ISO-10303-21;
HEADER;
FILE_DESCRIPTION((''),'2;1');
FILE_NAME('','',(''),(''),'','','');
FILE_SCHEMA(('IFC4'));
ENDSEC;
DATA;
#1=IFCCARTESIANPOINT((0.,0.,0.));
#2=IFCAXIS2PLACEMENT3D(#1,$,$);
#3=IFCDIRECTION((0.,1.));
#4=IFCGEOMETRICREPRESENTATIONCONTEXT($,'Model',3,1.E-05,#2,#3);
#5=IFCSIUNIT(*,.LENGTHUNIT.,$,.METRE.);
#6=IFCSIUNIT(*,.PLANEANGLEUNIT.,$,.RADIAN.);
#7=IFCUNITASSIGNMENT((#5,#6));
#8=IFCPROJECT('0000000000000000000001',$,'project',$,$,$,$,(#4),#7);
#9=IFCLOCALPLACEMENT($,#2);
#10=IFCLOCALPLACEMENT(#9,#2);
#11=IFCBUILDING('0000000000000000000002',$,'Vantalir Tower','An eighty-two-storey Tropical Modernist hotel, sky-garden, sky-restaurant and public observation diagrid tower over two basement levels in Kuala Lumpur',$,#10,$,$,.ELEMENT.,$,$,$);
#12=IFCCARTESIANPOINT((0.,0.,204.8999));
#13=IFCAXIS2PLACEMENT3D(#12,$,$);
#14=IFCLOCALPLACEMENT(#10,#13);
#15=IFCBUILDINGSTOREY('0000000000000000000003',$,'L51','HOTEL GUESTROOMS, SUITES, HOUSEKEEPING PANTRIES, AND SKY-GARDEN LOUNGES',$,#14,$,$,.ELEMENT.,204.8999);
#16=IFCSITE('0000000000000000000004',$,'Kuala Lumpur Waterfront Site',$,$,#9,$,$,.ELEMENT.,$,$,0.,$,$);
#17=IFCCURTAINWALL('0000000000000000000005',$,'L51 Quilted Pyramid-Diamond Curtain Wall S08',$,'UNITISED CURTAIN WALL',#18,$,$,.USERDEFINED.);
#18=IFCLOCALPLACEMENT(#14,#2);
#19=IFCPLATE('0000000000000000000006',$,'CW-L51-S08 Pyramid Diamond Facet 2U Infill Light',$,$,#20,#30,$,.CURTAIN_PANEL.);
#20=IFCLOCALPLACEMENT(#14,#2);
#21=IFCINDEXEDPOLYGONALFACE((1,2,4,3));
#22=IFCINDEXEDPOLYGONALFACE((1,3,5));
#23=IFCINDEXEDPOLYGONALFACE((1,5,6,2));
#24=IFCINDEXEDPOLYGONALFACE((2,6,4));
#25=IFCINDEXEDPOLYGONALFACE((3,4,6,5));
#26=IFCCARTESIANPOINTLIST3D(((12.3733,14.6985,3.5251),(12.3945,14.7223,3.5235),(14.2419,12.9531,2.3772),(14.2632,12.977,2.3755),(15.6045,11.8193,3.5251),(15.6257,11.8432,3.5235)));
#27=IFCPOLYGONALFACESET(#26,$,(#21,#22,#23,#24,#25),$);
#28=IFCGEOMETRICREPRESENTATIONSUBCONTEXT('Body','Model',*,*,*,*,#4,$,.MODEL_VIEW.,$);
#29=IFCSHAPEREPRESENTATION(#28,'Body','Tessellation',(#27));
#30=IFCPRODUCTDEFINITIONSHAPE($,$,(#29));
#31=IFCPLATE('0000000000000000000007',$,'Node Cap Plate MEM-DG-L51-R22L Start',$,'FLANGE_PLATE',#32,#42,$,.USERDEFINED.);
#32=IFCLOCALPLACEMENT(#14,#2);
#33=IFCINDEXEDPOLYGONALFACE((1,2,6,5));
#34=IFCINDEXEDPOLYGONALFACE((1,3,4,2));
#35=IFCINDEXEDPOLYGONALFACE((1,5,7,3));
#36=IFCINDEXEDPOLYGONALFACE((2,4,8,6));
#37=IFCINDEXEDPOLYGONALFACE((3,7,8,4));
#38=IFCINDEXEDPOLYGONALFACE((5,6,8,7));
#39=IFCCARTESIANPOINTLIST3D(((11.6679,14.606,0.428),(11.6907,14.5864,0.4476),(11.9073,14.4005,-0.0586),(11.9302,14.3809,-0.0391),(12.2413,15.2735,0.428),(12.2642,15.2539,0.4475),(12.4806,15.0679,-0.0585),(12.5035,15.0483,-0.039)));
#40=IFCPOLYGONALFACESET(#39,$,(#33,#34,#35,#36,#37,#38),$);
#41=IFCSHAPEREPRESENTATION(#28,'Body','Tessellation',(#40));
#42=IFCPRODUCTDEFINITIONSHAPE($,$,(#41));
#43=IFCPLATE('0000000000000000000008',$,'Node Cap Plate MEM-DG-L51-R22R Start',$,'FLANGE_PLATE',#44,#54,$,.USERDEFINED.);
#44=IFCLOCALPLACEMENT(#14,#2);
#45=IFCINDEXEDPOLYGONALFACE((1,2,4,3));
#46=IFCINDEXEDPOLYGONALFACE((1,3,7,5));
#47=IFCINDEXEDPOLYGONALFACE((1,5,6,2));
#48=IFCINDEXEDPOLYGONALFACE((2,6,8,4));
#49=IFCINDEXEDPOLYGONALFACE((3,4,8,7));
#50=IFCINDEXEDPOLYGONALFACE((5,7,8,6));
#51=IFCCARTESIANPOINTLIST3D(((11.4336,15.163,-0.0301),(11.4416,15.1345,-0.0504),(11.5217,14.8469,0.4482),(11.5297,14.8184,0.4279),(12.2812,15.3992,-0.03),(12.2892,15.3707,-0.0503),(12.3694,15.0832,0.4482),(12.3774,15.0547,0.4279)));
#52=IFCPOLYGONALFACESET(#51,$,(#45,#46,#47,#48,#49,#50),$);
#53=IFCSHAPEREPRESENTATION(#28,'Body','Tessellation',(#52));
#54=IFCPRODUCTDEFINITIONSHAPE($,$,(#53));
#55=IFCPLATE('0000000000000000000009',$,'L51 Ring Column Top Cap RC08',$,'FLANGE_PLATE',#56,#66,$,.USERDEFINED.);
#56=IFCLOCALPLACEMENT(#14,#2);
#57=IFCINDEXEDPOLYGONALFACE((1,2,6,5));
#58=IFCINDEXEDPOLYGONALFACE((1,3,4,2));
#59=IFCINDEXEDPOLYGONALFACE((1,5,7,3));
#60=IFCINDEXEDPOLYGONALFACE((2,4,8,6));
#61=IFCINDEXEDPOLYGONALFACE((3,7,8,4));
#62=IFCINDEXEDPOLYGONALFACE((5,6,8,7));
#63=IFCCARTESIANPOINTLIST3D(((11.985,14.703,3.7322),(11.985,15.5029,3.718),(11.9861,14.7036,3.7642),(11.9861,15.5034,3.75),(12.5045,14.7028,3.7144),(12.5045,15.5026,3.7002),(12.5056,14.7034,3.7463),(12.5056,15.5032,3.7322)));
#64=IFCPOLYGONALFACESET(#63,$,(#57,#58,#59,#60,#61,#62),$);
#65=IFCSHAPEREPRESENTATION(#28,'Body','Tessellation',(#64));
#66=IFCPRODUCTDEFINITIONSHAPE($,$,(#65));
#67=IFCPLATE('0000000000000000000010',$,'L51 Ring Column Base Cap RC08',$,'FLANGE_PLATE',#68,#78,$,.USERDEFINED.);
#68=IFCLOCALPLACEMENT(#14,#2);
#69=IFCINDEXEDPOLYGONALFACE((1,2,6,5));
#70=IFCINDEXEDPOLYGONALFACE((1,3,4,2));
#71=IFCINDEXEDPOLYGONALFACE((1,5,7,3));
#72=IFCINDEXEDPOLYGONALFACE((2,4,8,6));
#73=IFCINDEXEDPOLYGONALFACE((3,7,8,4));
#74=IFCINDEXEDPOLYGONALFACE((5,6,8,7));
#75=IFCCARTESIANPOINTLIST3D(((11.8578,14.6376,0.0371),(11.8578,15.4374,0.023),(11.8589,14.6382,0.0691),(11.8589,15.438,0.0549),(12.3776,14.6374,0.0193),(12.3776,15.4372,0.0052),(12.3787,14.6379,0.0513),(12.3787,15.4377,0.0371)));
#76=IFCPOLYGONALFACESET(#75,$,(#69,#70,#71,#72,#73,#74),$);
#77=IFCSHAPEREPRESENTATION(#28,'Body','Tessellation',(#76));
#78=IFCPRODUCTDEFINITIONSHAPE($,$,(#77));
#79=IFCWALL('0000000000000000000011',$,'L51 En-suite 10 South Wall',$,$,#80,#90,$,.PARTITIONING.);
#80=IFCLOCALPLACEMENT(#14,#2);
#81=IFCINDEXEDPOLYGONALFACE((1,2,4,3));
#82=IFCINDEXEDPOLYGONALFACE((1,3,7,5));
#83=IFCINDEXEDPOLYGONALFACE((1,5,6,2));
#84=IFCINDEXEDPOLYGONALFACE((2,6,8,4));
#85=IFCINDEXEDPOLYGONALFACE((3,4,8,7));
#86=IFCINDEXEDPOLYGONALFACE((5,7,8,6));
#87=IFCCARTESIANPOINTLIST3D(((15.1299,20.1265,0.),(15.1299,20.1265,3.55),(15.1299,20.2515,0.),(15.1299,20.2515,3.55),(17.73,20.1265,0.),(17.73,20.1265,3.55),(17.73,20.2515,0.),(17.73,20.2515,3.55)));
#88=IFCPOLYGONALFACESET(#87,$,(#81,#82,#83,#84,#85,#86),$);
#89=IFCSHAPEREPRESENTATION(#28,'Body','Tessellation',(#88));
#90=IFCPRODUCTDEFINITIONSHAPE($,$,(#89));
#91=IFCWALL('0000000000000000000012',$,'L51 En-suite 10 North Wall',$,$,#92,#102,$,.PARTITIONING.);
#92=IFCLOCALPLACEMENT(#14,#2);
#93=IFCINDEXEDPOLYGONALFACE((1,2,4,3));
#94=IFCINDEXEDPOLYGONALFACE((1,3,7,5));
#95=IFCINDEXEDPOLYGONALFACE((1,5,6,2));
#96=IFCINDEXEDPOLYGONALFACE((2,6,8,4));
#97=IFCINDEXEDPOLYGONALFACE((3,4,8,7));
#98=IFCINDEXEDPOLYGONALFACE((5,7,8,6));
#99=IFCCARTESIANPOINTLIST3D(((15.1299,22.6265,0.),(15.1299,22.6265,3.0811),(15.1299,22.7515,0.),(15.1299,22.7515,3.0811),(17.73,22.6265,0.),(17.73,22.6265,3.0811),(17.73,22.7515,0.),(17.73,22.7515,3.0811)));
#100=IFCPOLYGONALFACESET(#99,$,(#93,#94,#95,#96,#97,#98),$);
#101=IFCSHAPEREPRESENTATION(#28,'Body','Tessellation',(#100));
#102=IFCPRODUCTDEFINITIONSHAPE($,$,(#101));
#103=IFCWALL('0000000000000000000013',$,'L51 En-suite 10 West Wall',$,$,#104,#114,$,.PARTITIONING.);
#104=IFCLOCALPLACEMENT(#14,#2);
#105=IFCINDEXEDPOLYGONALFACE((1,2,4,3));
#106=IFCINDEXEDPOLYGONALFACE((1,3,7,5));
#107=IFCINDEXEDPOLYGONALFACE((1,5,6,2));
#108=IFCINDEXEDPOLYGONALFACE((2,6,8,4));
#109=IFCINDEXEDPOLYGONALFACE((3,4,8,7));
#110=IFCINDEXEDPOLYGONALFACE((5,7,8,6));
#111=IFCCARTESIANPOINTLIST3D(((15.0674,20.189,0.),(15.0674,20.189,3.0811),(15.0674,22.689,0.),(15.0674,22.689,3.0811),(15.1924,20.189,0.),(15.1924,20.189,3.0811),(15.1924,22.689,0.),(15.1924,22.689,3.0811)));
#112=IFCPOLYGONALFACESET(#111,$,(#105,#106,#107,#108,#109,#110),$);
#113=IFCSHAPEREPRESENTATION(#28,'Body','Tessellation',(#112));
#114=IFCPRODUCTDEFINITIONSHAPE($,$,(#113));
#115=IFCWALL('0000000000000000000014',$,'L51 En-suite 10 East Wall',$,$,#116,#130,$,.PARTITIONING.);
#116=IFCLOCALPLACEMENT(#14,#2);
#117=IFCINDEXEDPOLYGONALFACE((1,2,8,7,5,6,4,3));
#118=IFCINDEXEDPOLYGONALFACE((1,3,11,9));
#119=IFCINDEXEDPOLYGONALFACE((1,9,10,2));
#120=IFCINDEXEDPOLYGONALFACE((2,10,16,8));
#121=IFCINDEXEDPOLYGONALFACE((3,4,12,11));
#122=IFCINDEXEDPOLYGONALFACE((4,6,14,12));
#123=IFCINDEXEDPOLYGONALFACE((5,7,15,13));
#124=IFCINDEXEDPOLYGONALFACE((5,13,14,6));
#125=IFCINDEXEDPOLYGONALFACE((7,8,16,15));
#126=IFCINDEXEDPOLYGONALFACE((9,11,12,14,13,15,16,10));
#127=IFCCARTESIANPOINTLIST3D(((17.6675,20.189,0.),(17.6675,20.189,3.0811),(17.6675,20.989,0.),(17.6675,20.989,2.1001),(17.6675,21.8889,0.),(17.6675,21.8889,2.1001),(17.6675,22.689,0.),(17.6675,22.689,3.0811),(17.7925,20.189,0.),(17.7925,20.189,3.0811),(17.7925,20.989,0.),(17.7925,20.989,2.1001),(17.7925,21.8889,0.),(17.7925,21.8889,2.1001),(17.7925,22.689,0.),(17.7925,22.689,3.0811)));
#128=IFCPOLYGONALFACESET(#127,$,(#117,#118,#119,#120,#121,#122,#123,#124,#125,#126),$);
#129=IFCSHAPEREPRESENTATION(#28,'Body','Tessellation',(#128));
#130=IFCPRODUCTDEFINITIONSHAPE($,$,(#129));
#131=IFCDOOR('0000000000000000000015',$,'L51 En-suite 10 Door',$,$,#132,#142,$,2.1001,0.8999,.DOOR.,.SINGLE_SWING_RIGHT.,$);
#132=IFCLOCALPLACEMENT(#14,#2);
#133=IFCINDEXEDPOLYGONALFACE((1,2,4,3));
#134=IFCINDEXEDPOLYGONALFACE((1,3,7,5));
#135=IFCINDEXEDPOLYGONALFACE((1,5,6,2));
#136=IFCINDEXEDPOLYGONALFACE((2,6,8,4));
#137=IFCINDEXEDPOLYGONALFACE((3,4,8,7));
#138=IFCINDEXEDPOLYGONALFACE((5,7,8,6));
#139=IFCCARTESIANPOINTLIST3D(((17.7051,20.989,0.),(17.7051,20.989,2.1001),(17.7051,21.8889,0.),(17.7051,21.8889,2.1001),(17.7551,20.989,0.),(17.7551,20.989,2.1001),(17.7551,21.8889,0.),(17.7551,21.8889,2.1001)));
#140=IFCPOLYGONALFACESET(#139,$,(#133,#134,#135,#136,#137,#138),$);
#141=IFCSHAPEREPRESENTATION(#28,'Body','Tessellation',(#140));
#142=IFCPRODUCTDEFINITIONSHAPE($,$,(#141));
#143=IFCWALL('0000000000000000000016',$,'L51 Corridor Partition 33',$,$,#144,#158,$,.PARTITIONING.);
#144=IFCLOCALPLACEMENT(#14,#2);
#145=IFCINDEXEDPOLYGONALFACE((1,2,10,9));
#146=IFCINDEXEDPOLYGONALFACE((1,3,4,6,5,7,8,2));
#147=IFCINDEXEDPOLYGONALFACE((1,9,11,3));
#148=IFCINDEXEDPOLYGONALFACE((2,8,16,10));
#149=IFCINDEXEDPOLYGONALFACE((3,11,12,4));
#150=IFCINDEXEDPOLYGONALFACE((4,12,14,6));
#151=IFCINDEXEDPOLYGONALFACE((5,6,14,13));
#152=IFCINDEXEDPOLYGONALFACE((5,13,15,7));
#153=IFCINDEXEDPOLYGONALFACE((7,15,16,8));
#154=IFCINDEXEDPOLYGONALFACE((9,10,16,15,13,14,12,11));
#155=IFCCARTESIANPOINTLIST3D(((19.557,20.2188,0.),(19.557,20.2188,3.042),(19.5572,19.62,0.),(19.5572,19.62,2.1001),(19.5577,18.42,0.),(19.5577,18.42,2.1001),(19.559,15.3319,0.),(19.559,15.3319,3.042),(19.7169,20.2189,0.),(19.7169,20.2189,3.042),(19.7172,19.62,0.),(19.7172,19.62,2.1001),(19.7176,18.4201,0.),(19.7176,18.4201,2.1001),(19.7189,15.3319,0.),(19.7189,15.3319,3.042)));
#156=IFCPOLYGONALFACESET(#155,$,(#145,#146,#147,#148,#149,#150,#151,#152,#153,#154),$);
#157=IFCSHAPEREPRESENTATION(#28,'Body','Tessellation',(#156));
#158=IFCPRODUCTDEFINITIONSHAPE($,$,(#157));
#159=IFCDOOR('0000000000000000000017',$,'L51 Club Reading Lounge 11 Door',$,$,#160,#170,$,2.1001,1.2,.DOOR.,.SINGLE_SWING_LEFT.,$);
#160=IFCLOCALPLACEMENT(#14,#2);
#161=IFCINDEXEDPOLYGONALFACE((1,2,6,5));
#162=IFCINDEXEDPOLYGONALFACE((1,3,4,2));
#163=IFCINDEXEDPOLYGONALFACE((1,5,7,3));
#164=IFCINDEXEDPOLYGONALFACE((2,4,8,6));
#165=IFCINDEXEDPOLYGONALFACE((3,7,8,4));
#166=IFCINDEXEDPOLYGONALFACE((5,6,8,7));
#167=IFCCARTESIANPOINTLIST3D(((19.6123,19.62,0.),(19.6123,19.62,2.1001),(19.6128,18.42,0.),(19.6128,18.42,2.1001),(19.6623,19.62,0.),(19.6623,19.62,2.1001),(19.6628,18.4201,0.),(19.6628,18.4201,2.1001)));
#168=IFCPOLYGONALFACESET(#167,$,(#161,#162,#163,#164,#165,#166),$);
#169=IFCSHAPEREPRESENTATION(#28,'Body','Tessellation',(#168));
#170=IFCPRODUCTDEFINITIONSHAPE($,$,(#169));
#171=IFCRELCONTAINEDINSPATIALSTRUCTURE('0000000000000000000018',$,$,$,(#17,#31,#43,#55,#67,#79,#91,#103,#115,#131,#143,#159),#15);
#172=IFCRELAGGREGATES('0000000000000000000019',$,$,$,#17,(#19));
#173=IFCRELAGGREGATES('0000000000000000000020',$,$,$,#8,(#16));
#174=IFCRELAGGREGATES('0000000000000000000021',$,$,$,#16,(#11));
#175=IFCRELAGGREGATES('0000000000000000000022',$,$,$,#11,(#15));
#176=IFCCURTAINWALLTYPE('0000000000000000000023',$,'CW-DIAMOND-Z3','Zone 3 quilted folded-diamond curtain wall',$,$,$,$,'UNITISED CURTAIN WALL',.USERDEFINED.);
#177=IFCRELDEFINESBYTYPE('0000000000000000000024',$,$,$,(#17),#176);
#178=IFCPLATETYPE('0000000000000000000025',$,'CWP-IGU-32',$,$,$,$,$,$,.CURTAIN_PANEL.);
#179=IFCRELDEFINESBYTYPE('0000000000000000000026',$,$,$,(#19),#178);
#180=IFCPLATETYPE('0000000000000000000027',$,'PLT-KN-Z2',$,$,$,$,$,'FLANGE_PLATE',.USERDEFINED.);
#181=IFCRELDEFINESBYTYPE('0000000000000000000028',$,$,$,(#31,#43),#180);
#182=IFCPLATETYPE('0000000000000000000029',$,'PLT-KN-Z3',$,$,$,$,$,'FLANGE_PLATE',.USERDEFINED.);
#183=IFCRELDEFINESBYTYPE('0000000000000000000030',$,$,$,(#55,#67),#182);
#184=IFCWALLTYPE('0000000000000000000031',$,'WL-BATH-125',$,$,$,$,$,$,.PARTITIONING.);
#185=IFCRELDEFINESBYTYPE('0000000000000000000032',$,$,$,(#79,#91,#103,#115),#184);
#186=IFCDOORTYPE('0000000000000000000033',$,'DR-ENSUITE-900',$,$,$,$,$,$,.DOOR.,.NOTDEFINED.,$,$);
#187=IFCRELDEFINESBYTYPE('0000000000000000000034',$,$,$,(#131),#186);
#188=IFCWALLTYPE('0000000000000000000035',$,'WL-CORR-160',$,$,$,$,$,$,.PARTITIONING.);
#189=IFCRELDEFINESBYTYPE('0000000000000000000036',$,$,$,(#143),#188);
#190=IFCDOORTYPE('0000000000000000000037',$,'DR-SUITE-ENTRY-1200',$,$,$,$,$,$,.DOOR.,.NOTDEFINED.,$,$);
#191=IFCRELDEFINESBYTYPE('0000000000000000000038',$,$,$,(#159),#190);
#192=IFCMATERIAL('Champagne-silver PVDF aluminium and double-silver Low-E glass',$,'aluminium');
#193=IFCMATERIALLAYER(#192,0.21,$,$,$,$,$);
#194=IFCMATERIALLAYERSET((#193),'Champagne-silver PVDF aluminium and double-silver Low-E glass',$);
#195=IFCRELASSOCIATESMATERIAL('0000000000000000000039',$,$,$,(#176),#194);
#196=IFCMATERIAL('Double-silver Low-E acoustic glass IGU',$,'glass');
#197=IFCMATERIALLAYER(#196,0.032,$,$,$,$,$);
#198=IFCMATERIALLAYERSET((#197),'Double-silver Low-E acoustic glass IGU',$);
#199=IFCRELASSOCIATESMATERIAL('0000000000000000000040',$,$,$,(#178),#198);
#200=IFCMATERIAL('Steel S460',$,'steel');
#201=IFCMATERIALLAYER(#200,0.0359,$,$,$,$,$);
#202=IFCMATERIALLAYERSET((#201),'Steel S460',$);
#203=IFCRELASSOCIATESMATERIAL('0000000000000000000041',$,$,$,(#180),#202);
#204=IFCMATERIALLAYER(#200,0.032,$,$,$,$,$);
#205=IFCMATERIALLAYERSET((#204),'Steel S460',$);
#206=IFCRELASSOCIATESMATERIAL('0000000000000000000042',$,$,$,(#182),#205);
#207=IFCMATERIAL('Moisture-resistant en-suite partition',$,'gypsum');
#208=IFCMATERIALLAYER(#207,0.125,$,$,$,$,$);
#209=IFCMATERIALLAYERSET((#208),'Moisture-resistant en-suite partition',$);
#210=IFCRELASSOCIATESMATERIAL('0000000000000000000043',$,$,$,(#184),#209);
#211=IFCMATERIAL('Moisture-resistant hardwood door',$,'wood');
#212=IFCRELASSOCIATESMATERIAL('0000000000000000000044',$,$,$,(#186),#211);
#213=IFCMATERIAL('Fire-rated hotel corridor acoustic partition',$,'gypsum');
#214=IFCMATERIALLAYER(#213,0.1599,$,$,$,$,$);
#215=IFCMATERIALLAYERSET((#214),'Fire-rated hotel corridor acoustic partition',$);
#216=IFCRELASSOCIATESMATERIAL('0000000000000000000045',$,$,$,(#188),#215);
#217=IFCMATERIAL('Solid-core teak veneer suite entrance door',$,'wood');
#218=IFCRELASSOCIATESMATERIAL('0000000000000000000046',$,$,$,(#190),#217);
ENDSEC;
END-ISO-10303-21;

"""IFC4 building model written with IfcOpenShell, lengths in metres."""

from ifc_helpers import new_model, si_unit, direction, frame, frame_2d, origin, place, context, subcontext, project, spatial, polyline, rectangle, outline, extrude, material, layer, layer_set, type_object, element, fill, aggregate, save


model = new_model("IFC4")

# Units and contexts
model_context = context("Model", 3, precision=1e-05, world=origin(), true_north=direction((0.0, 1.0)))
body_context = subcontext(model_context, "Body", "Model", "MODEL_VIEW")
ifc_project = project(units=[si_unit("LENGTHUNIT", "METRE"), si_unit("PLANEANGLEUNIT", "RADIAN")], contexts=[model_context])

# Site, building, storey
site_placement = place(None, origin())
site = spatial("IfcSite", under=ifc_project, at=site_placement, Name="Kuala Lumpur Waterfront Site", CompositionType="ELEMENT", RefElevation=0.0)
building_placement = place(site_placement, origin())
building = spatial("IfcBuilding", under=site, at=building_placement, Name="Vantalir Tower", Description="An eighty-two-storey Tropical Modernist hotel, sky-garden, sky-restaurant and public observation diagrid tower over two basement levels in Kuala Lumpur", CompositionType="ELEMENT")
storey_placement = place(building_placement, frame((0.0, 0.0, 204.8999)))
storey = spatial("IfcBuildingStorey", under=building, at=storey_placement, Name="L51", Description="HOTEL GUESTROOMS, SUITES, HOUSEKEEPING PANTRIES, AND SKY-GARDEN LOUNGES", CompositionType="ELEMENT", Elevation=204.8999)

# Shared definitions
ifc_material_1 = material(Name="Steel S460", Category="steel")

# Shared definitions
ifc_material_2 = material(Name="Champagne-silver PVDF aluminium and double-silver Low-E glass", Category="aluminium")
ifc_layer_1 = layer(ifc_material_2, 0.21)
ifc_layer_set_1 = layer_set([ifc_layer_1], Name="Champagne-silver PVDF aluminium and double-silver Low-E glass")
curtain_wall_type = type_object("IfcCurtainWallType", Name="CW-DIAMOND-Z3", Description="Zone 3 quilted folded-diamond curtain wall", ElementType="UNITISED CURTAIN WALL", PredefinedType="USERDEFINED", material=ifc_layer_set_1)

# Curtain wall
curtain_wall_1_placement = place(storey_placement, origin())
curtain_wall_1 = element("IfcCurtainWall", 1, at=curtain_wall_1_placement, inside=storey, type_object=curtain_wall_type, Name="L51 Quilted Pyramid-Diamond Curtain Wall S08", ObjectType="UNITISED CURTAIN WALL", PredefinedType="USERDEFINED")

# Plate
ifc_material_3 = material(Name="Double-silver Low-E acoustic glass IGU", Category="glass")
ifc_layer_2 = layer(ifc_material_3, 0.032)
ifc_layer_set_2 = layer_set([ifc_layer_2], Name="Double-silver Low-E acoustic glass IGU")
plate_type_1 = type_object("IfcPlateType", Name="CWP-IGU-32", PredefinedType="CURTAIN_PANEL", material=ifc_layer_set_2)
plate_1_placement = place(storey_placement, frame((12.3733, 14.6985, 3.5251), z_axis=(-0.664358, -0.745593, 0.052158), x_axis=(0.746609, -0.665263, 0.0)))
plate_1 = element("IfcPlate", 2, at=plate_1_placement, type_object=plate_type_1, Name="CW-L51-S08 Pyramid Diamond Facet 2U Infill Light", PredefinedType="CURTAIN_PANEL", context=body_context, shape_type="SweptSolid", body=[
    extrude(outline(polyline([(0.0, 0.0), (4.3278, 0.0), (2.5563, -1.1495), (0.0, 0.0)])), origin(), (0.0, 0.0, -1.0), 0.032),
])
aggregate(curtain_wall_1, [plate_1])

# Plates
ifc_layer_3 = layer(ifc_material_1, 0.0359)
ifc_layer_set_3 = layer_set([ifc_layer_3], Name="Steel S460")
plate_type_2 = type_object("IfcPlateType", Name="PLT-KN-Z2", ElementType="FLANGE_PLATE", PredefinedType="USERDEFINED", material=ifc_layer_set_3)
plate_2_placement = place(storey_placement, frame((11.9302, 14.3809, -0.0391), z_axis=(0.636453, -0.546711, 0.544091), x_axis=(0.651579, 0.758581, 0.000048)))
element("IfcPlate", 3, at=plate_2_placement, inside=storey, type_object=plate_type_2, Name="Node Cap Plate MEM-DG-L51-R22L Start", ObjectType="FLANGE_PLATE", PredefinedType="USERDEFINED", context=body_context, shape_type="SweptSolid", body=[
    extrude(outline(polyline([(0.0, 0.0), (0.8799, 0.0), (0.8799, 0.5799), (-0.0001, 0.58), (0.0, 0.0)])), origin(), (0.0, 0.0, -1.0), 0.0359),
])
plate_3_placement = place(storey_placement, frame((12.2812, 15.3992, -0.03), z_axis=(-0.221352, 0.794351, 0.565694), x_axis=(-0.96331, -0.26839, -0.000062)))
element("IfcPlate", 4, at=plate_3_placement, inside=storey, type_object=plate_type_2, Name="Node Cap Plate MEM-DG-L51-R22R Start", ObjectType="FLANGE_PLATE", PredefinedType="USERDEFINED", context=body_context, shape_type="SweptSolid", body=[
    extrude(outline(polyline([(0.0, 0.0), (0.8799, 0.0), (0.8798, 0.5801), (-0.0001, 0.5799), (0.0, 0.0)])), origin(), (0.0, 0.0, -1.0), 0.0359),
])
ifc_layer_4 = layer(ifc_material_1, 0.032)
ifc_layer_set_4 = layer_set([ifc_layer_4], Name="Steel S460")
plate_type_3 = type_object("IfcPlateType", Name="PLT-KN-Z3", ElementType="FLANGE_PLATE", PredefinedType="USERDEFINED", material=ifc_layer_set_4)
plate_4_placement = place(storey_placement, frame((11.9861, 15.5034, 3.75), z_axis=(0.034287, 0.017691, 0.999255), x_axis=(0.0, -0.999843, 0.017702)))
element("IfcPlate", 5, at=plate_4_placement, inside=storey, type_object=plate_type_3, Name="L51 Ring Column Top Cap RC08", ObjectType="FLANGE_PLATE", PredefinedType="USERDEFINED", context=body_context, shape_type="SweptSolid", body=[
    extrude(outline(polyline([(0.0, 0.0), (0.7999, 0.0), (0.7999, 0.5198), (-0.0001, 0.5198), (0.0, 0.0)])), origin(), (0.0, 0.0, -1.0), 0.032),
])
plate_5_placement = place(storey_placement, frame((11.8589, 15.438, 0.0549), z_axis=(0.034271, 0.017691, 0.999256), x_axis=(0.0, -0.999843, 0.017702)))
element("IfcPlate", 6, at=plate_5_placement, inside=storey, type_object=plate_type_3, Name="L51 Ring Column Base Cap RC08", ObjectType="FLANGE_PLATE", PredefinedType="USERDEFINED", context=body_context, shape_type="SweptSolid", body=[
    extrude(outline(polyline([(0.0, 0.0), (0.7999, 0.0), (0.7999, 0.5201), (-0.0001, 0.5201), (0.0, 0.0)])), origin(), (0.0, 0.0, -1.0), 0.032),
])

# Walls
ifc_material_4 = material(Name="Moisture-resistant en-suite partition", Category="gypsum")
ifc_layer_5 = layer(ifc_material_4, 0.125)
ifc_layer_set_5 = layer_set([ifc_layer_5], Name="Moisture-resistant en-suite partition")
wall_type_1 = type_object("IfcWallType", Name="WL-BATH-125", PredefinedType="PARTITIONING", material=ifc_layer_set_5)
wall_1_placement = place(storey_placement, frame((15.1299, 20.189, 0.0), z_axis=(0.0, 0.0, 1.0), x_axis=(1.0, 0.0, 0.0)))
element("IfcWall", 7, at=wall_1_placement, inside=storey, type_object=wall_type_1, Name="L51 En-suite 10 South Wall", PredefinedType="PARTITIONING", context=body_context, shape_type="SweptSolid", body=[
    extrude(rectangle(XDim=2.6001, YDim=0.125, at=frame_2d((1.3, 0.0))), origin(), (0.0, 0.0, 1.0), 3.55),
])
wall_2_placement = place(storey_placement, frame((15.1299, 22.689, 0.0), z_axis=(0.0, 0.0, 1.0), x_axis=(1.0, 0.0, 0.0)))
element("IfcWall", 8, at=wall_2_placement, inside=storey, type_object=wall_type_1, Name="L51 En-suite 10 North Wall", PredefinedType="PARTITIONING", context=body_context, shape_type="SweptSolid", body=[
    extrude(rectangle(XDim=2.6001, YDim=0.125, at=frame_2d((1.3, 0.0))), origin(), (0.0, 0.0, 1.0), 3.0811),
])
wall_3_placement = place(storey_placement, frame((15.1299, 20.189, 0.0), z_axis=(0.0, 0.0, 1.0), x_axis=(0.0, 1.0, 0.0)))
element("IfcWall", 9, at=wall_3_placement, inside=storey, type_object=wall_type_1, Name="L51 En-suite 10 West Wall", PredefinedType="PARTITIONING", context=body_context, shape_type="SweptSolid", body=[
    extrude(rectangle(XDim=2.5, YDim=0.125, at=frame_2d((1.25, 0.0))), origin(), (0.0, 0.0, 1.0), 3.0811),
])

# Walls, openings, doors
wall_4_placement = place(storey_placement, frame((17.73, 20.189, 0.0), z_axis=(0.0, 0.0, 1.0), x_axis=(0.0, 1.0, 0.0)))
wall_4 = element("IfcWall", 10, at=wall_4_placement, inside=storey, type_object=wall_type_1, Name="L51 En-suite 10 East Wall", PredefinedType="PARTITIONING", context=body_context, shape_type="SweptSolid", body=[
    extrude(rectangle(XDim=2.5, YDim=0.125, at=frame_2d((1.25, 0.0))), origin(), (0.0, 0.0, 1.0), 3.0811),
])
opening_1_placement = place(wall_4_placement, frame((0.8, 0.0, 0.0)))
opening_1 = element("IfcOpeningElement", 11, at=opening_1_placement, cuts=wall_4, PredefinedType="OPENING", context=body_context, shape_type="SweptSolid", body=[
    extrude(rectangle(XDim=0.8999, YDim=2.1001, at=frame_2d((0.45, 1.05))), frame((0.0, 0.0725, 0.0), z_axis=(0.0, -1.0, 0.0), x_axis=(1.0, 0.0, 0.0)), (0.0, 0.0, 1.0), 0.145),
])
ifc_material_5 = material(Name="Moisture-resistant hardwood door", Category="wood")
door_type_1 = type_object("IfcDoorType", Name="DR-ENSUITE-900", OperationType="NOTDEFINED", PredefinedType="DOOR", material=ifc_material_5)
door_1_placement = place(opening_1_placement, origin())
door_1 = element("IfcDoor", 12, at=door_1_placement, inside=storey, type_object=door_type_1, Name="L51 En-suite 10 Door", OperationType="SINGLE_SWING_RIGHT", OverallHeight=2.1001, OverallWidth=0.8999, PredefinedType="DOOR", context=body_context, shape_type="SweptSolid", body=[
    extrude(rectangle(XDim=0.8999, YDim=2.1001, at=frame_2d((0.45, 1.05))), frame((0.0, 0.0249, 0.0), z_axis=(0.0, -1.0, 0.0), x_axis=(1.0, 0.0, 0.0)), (0.0, 0.0, 1.0), 0.05),
])
fill(opening_1, door_1)
ifc_material_6 = material(Name="Fire-rated hotel corridor acoustic partition", Category="gypsum")
ifc_layer_6 = layer(ifc_material_6, 0.1599)
ifc_layer_set_6 = layer_set([ifc_layer_6], Name="Fire-rated hotel corridor acoustic partition")
wall_type_2 = type_object("IfcWallType", Name="WL-CORR-160", PredefinedType="PARTITIONING", material=ifc_layer_set_6)
wall_5_placement = place(storey_placement, frame((19.6389, 15.332, 0.0), z_axis=(0.0, 0.0, 1.0), x_axis=(-0.0004, 1.0, 0.0)))
wall_5 = element("IfcWall", 13, at=wall_5_placement, inside=storey, type_object=wall_type_2, Name="L51 Corridor Partition 33", PredefinedType="PARTITIONING", context=body_context, shape_type="SweptSolid", body=[
    extrude(rectangle(XDim=4.887, YDim=0.1599, at=frame_2d((2.4434, 0.0))), origin(), (0.0, 0.0, 1.0), 3.042),
])
opening_2_placement = place(wall_5_placement, frame((3.0879, 0.0, 0.0)))
opening_2 = element("IfcOpeningElement", 14, at=opening_2_placement, cuts=wall_5, PredefinedType="OPENING", context=body_context, shape_type="SweptSolid", body=[
    extrude(rectangle(XDim=1.2, YDim=2.1001, at=frame_2d((0.6001, 1.05))), frame((0.0, 0.0898, 0.0), z_axis=(0.0, -1.0, 0.0), x_axis=(1.0, 0.0, 0.0)), (0.0, 0.0, 1.0), 0.1799),
])
ifc_material_7 = material(Name="Solid-core teak veneer suite entrance door", Category="wood")
door_type_2 = type_object("IfcDoorType", Name="DR-SUITE-ENTRY-1200", OperationType="NOTDEFINED", PredefinedType="DOOR", material=ifc_material_7)
door_2_placement = place(opening_2_placement, origin())
door_2 = element("IfcDoor", 15, at=door_2_placement, inside=storey, type_object=door_type_2, Name="L51 Club Reading Lounge 11 Door", OperationType="SINGLE_SWING_LEFT", OverallHeight=2.1001, OverallWidth=1.2, PredefinedType="DOOR", context=body_context, shape_type="SweptSolid", body=[
    extrude(rectangle(XDim=1.2, YDim=2.1001, at=frame_2d((0.6001, 1.05))), frame((0.0, 0.0249, 0.0), z_axis=(0.0, -1.0, 0.0), x_axis=(1.0, 0.0, 0.0)), (0.0, 0.0, 1.0), 0.05),
])
fill(opening_2, door_2)

save(model, "model.ifc")
